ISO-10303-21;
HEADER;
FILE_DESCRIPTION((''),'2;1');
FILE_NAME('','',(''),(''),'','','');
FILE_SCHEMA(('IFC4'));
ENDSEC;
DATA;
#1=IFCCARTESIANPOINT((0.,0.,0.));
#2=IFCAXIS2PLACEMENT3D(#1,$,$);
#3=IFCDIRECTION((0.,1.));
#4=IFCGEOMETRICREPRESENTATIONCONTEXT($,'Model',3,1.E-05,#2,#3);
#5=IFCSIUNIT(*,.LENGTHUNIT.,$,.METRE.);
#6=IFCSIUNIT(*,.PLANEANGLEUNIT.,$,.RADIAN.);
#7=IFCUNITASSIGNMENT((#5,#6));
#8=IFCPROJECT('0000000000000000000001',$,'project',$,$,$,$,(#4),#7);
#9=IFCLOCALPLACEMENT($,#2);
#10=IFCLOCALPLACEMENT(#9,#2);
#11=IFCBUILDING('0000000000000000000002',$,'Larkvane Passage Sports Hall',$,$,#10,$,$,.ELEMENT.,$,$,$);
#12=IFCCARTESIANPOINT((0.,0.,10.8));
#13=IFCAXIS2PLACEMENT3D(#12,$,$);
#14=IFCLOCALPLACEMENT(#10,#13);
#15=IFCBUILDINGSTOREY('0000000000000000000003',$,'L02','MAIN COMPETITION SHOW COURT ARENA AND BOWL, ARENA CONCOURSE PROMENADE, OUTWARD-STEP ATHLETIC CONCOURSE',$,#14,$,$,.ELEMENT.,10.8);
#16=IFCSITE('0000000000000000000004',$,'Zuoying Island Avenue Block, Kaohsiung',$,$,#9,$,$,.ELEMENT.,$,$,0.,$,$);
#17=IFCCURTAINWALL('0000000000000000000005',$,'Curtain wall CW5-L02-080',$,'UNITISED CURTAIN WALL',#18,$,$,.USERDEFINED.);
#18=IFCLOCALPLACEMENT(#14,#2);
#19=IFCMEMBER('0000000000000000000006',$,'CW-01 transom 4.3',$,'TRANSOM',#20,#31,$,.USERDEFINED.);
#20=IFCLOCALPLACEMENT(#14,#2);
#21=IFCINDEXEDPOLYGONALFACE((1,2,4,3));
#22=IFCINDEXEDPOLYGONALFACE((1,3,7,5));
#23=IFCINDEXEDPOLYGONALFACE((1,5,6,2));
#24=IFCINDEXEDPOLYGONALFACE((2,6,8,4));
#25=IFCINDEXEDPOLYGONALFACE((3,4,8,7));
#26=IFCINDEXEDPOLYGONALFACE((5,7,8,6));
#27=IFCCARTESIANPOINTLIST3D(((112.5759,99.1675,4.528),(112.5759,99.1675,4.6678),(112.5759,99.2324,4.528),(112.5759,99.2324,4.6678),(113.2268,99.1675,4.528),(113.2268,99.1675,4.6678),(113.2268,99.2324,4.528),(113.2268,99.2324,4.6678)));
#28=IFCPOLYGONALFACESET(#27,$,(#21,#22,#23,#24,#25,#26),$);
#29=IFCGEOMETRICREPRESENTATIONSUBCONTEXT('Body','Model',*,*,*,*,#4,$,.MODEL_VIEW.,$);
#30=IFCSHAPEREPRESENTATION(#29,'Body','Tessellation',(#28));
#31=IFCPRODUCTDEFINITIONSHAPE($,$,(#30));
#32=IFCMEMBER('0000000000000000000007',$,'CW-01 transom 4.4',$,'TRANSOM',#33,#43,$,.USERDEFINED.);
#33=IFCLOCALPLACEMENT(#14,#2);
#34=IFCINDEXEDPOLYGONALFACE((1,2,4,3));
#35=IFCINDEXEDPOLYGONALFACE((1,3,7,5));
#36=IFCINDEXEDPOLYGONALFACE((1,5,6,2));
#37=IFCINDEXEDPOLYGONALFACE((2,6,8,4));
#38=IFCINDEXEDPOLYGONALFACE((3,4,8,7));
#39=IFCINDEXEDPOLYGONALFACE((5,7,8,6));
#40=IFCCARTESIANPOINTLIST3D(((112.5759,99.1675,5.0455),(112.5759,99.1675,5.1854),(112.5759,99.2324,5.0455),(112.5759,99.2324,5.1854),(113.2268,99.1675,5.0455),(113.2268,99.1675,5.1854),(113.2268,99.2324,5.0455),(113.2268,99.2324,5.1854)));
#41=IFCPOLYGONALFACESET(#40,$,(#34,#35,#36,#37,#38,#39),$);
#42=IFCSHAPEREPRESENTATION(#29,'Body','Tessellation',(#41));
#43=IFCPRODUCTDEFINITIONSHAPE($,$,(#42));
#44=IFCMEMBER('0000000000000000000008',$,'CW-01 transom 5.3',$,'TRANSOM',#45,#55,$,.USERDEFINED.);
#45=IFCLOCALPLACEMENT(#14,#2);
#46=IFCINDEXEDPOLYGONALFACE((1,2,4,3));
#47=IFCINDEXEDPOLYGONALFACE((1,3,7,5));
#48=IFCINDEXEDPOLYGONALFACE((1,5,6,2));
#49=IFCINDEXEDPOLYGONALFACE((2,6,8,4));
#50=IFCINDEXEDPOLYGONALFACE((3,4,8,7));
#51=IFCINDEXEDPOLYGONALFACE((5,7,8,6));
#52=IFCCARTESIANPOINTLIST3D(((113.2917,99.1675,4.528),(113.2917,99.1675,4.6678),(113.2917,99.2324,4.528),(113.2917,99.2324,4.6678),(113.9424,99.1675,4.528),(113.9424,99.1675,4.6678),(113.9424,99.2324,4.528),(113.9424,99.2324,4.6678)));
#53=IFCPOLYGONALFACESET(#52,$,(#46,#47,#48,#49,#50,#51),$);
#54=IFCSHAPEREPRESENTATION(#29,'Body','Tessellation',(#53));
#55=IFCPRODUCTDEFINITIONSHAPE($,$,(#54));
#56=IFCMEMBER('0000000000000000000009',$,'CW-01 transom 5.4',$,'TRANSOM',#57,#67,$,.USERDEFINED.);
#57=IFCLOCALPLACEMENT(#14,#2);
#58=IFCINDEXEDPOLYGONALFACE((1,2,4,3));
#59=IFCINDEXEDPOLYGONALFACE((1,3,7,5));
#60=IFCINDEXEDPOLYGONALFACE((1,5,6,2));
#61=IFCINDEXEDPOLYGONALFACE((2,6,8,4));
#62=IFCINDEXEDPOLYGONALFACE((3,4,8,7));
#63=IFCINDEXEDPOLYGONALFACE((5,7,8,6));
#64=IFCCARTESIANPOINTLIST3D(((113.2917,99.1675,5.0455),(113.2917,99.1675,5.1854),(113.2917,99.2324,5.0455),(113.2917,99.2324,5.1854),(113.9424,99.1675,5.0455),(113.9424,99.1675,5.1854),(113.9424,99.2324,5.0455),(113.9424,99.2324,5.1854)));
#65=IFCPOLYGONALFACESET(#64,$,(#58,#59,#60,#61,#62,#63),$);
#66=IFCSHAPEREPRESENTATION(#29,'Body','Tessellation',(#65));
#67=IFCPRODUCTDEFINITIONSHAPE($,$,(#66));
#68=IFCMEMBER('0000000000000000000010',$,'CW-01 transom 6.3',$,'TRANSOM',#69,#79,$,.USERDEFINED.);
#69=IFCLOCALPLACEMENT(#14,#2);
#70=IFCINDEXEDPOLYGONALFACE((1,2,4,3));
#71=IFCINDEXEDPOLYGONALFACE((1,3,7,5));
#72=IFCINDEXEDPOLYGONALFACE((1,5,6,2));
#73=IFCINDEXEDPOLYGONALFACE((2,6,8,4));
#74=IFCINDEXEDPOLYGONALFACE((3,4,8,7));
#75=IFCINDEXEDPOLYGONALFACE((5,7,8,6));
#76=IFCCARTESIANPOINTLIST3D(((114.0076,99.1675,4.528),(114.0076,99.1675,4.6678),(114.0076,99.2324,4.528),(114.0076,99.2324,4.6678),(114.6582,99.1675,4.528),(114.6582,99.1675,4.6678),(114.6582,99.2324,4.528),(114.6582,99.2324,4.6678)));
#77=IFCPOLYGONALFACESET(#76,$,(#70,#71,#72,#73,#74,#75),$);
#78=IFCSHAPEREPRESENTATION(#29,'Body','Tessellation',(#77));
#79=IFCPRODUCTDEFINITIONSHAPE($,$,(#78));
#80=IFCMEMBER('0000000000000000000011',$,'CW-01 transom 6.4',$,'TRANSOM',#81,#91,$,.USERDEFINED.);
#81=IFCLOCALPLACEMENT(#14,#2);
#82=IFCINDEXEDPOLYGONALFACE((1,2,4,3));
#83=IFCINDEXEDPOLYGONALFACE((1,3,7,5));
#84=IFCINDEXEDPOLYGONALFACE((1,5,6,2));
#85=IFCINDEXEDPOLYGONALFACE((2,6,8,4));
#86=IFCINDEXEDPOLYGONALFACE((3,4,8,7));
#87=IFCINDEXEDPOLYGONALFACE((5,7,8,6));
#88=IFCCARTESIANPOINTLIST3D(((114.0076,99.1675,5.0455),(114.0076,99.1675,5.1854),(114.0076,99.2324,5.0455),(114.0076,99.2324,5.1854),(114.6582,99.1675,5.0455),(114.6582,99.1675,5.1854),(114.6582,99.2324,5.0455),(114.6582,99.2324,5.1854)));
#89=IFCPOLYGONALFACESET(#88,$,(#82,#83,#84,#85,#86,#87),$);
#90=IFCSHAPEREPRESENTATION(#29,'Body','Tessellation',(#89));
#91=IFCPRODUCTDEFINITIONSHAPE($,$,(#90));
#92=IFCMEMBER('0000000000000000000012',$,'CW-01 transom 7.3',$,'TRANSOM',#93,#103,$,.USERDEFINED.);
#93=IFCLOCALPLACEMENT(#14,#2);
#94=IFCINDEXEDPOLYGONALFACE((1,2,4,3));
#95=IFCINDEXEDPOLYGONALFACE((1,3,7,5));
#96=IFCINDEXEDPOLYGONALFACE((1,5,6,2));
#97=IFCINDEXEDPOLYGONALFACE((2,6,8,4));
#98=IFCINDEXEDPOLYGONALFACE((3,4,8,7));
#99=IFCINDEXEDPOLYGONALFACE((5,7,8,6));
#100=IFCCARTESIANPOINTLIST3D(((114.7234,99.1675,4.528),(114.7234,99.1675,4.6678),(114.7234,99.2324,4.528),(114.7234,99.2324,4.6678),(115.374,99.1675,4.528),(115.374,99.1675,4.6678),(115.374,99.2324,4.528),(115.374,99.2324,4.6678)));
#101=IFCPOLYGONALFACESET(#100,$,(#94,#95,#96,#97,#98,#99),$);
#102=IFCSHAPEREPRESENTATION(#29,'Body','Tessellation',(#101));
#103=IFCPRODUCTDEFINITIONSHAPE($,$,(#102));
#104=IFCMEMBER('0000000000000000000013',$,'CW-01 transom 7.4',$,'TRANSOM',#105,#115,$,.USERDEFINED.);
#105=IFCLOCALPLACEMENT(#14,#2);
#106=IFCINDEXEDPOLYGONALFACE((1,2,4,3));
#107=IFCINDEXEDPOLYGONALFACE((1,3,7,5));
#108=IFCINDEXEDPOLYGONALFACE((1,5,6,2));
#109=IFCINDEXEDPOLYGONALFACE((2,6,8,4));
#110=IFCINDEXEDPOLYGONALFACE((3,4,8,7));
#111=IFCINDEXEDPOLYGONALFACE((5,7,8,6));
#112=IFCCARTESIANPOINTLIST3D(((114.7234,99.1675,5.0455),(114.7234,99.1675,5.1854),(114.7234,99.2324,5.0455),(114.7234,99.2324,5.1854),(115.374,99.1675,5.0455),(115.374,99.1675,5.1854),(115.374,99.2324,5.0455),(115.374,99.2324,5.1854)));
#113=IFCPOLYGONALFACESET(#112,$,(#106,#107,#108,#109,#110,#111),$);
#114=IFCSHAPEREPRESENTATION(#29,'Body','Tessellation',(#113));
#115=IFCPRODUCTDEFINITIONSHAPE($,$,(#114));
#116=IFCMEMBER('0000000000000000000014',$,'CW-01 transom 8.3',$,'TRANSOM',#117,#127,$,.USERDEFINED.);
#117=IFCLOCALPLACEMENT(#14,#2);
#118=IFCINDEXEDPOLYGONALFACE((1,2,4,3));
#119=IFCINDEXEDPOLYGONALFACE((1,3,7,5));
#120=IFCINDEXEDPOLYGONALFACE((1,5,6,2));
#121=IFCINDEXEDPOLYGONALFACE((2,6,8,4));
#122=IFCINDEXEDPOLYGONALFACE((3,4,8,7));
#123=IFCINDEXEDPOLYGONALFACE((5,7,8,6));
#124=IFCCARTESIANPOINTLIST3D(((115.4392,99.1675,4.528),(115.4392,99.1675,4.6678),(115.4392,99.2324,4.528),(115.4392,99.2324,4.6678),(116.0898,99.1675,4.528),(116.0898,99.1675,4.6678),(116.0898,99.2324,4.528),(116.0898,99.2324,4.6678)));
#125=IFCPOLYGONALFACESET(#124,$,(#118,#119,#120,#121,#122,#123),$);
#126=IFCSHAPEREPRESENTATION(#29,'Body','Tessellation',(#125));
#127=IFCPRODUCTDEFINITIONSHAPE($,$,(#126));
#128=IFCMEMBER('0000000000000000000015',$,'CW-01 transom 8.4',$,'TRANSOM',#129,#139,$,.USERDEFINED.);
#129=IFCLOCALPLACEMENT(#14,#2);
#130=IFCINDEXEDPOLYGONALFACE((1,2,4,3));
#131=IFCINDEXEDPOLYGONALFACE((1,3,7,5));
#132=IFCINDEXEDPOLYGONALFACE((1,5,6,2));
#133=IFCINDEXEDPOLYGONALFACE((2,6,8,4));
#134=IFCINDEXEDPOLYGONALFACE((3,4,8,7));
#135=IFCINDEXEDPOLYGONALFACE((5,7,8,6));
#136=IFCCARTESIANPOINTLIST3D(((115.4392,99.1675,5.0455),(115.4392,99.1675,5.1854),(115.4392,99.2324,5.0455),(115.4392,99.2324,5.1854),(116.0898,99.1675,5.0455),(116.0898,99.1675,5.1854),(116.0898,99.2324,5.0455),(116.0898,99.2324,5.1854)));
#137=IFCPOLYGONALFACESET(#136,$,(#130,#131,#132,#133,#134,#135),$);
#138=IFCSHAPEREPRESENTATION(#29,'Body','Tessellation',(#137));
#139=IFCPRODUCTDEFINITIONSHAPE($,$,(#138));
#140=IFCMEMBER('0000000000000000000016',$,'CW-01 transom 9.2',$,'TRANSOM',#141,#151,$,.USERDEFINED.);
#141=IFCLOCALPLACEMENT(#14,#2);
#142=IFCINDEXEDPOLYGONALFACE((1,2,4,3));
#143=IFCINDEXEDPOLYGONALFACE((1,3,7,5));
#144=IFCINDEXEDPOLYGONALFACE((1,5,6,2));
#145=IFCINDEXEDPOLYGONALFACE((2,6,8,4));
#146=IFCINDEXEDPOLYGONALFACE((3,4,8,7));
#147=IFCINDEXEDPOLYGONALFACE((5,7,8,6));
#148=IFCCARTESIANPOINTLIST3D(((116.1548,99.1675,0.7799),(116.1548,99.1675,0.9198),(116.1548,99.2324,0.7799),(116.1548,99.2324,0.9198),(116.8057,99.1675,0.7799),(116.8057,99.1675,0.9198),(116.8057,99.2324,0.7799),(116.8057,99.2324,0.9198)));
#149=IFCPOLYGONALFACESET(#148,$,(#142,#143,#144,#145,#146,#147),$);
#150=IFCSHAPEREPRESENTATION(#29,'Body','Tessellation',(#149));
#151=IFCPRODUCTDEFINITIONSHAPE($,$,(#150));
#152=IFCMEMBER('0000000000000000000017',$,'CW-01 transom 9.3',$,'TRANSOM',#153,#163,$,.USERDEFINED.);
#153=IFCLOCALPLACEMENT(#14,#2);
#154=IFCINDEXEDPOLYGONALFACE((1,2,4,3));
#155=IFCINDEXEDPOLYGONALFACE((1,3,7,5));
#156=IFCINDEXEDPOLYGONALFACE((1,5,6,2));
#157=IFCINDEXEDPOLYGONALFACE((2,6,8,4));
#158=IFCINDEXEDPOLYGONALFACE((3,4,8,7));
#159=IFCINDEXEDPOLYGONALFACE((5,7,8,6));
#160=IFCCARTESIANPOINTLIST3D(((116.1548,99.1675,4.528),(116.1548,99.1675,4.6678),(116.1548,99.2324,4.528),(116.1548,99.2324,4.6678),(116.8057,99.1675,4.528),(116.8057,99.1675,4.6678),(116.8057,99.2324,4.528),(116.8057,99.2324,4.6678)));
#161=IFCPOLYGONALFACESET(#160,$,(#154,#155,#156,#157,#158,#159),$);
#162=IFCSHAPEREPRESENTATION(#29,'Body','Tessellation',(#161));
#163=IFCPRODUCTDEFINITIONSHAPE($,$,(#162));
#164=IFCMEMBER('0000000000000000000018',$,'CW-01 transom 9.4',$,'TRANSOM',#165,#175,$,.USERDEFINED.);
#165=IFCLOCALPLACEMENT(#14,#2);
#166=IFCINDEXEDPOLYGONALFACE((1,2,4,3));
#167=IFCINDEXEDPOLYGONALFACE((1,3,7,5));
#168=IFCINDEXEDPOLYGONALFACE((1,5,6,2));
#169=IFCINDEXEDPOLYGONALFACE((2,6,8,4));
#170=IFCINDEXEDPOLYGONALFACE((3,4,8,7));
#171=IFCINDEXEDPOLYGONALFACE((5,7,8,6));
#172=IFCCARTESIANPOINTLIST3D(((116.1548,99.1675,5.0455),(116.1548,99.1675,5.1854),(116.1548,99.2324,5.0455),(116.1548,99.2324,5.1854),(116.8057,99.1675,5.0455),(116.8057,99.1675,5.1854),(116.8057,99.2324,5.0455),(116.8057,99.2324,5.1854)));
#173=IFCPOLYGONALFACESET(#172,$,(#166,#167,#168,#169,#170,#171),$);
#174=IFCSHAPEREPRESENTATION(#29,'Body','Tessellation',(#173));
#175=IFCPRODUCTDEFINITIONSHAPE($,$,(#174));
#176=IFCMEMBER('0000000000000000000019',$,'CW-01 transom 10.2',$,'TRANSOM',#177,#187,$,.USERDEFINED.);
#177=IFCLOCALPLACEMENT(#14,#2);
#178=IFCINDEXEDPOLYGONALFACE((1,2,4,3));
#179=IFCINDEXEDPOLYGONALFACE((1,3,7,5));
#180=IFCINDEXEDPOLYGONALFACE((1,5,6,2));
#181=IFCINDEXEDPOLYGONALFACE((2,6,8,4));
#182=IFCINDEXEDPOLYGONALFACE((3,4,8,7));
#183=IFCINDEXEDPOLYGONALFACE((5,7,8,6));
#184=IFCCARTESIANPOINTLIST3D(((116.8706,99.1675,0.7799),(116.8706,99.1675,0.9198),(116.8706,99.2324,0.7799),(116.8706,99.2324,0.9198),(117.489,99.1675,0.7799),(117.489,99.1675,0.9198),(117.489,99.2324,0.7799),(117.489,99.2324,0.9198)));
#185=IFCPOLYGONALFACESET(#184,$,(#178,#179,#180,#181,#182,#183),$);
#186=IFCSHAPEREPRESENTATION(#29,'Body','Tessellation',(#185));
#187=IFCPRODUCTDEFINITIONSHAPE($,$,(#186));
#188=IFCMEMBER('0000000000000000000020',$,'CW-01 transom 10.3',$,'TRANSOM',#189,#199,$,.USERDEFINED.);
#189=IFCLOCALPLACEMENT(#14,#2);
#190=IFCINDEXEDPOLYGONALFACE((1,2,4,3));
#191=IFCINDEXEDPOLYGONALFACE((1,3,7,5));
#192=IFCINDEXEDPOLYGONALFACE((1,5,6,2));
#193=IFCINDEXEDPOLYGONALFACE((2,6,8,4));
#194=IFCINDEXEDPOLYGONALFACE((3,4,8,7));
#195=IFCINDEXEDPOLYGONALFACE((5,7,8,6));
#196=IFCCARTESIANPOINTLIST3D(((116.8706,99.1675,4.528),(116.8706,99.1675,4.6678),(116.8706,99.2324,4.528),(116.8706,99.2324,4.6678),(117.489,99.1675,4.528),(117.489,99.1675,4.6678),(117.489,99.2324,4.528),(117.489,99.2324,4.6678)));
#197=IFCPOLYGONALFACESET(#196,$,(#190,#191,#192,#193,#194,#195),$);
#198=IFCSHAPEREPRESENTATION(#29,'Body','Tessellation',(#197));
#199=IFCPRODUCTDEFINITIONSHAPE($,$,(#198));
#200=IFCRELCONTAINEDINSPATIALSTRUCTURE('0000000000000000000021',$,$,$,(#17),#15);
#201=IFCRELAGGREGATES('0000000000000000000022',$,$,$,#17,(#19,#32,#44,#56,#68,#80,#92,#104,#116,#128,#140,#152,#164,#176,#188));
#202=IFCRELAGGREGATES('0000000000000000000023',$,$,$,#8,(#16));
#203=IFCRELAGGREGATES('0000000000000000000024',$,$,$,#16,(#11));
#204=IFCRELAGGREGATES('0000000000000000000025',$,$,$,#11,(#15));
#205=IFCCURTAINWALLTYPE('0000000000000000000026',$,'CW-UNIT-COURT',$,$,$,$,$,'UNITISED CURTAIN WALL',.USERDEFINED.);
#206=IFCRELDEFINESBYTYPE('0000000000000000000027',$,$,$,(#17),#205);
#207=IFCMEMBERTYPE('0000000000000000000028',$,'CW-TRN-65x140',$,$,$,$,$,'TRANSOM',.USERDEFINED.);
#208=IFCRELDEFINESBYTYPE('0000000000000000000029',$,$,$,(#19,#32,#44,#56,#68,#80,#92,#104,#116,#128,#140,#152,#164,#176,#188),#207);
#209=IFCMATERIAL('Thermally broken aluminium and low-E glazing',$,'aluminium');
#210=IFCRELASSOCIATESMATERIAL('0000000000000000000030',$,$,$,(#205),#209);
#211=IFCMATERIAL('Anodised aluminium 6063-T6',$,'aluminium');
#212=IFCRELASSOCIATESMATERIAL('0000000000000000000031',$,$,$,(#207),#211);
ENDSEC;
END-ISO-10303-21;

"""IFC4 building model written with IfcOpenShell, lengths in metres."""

from ifc_helpers import new_model, si_unit, direction, frame, origin, origin_2d, place, context, subcontext, project, spatial, rectangle, extrude, material, material_profile, profile_set, type_object, element, aggregate, save


model = new_model("IFC4")

# Units and contexts
model_context = context("Model", 3, precision=1e-05, world=origin(), true_north=direction((0.0, 1.0)))
body_context = subcontext(model_context, "Body", "Model", "MODEL_VIEW")
ifc_project = project(units=[si_unit("LENGTHUNIT", "METRE"), si_unit("PLANEANGLEUNIT", "RADIAN")], contexts=[model_context])

# Site, building, storey
site_placement = place(None, origin())
site = spatial("IfcSite", under=ifc_project, at=site_placement, Name="Zuoying Island Avenue Block, Kaohsiung", CompositionType="ELEMENT", RefElevation=0.0)
building_placement = place(site_placement, origin())
building = spatial("IfcBuilding", under=site, at=building_placement, Name="Larkvane Passage Sports Hall", CompositionType="ELEMENT")
storey_placement = place(building_placement, frame((0.0, 0.0, 10.8)))
storey = spatial("IfcBuildingStorey", under=building, at=storey_placement, Name="L02", Description="MAIN COMPETITION SHOW COURT ARENA AND BOWL, ARENA CONCOURSE PROMENADE, OUTWARD-STEP ATHLETIC CONCOURSE", CompositionType="ELEMENT", Elevation=10.8)

# Curtain wall, members
ifc_material_1 = material(Name="Thermally broken aluminium and low-E glazing", Category="aluminium")
curtain_wall_type = type_object("IfcCurtainWallType", Name="CW-UNIT-COURT", ElementType="UNITISED CURTAIN WALL", PredefinedType="USERDEFINED", material=ifc_material_1)
curtain_wall_placement = place(storey_placement, origin())
curtain_wall = element("IfcCurtainWall", 1, at=curtain_wall_placement, inside=storey, type_object=curtain_wall_type, Name="Curtain wall CW5-L02-080", ObjectType="UNITISED CURTAIN WALL", PredefinedType="USERDEFINED")
ifc_material_2 = material(Name="Anodised aluminium 6063-T6", Category="aluminium")
ifc_material_profile = material_profile(ifc_material_2, rectangle(XDim=0.0649, YDim=0.1399, at=origin_2d()), Name="ALU-TRN-65x140")
ifc_profile_set = profile_set([ifc_material_profile], Name="Anodised aluminium 6063-T6")
member_type = type_object("IfcMemberType", Name="CW-TRN-65x140", ElementType="TRANSOM", PredefinedType="USERDEFINED", material=ifc_profile_set)
member_1_placement = place(storey_placement, frame((112.5759, 99.2, 4.5979), z_axis=(1.0, 0.0, 0.0), x_axis=(0.0, 1.0, 0.0)))
member_1 = element("IfcMember", 2, at=member_1_placement, type_object=member_type, Name="CW-01 transom 4.3", ObjectType="TRANSOM", PredefinedType="USERDEFINED", context=body_context, shape_type="SweptSolid", body=[
    extrude(rectangle(XDim=0.0649, YDim=0.1399, at=origin_2d()), origin(), (0.0, 0.0, 1.0), 0.6509),
])
member_2_placement = place(storey_placement, frame((112.5759, 99.2, 5.1155), z_axis=(1.0, 0.0, 0.0), x_axis=(0.0, 1.0, 0.0)))
member_2 = element("IfcMember", 3, at=member_2_placement, type_object=member_type, Name="CW-01 transom 4.4", ObjectType="TRANSOM", PredefinedType="USERDEFINED", context=body_context, shape_type="SweptSolid", body=[
    extrude(rectangle(XDim=0.0649, YDim=0.1399, at=origin_2d()), origin(), (0.0, 0.0, 1.0), 0.6509),
])
member_3_placement = place(storey_placement, frame((113.2917, 99.2, 4.5979), z_axis=(1.0, 0.0, 0.0), x_axis=(0.0, 1.0, 0.0)))
member_3 = element("IfcMember", 4, at=member_3_placement, type_object=member_type, Name="CW-01 transom 5.3", ObjectType="TRANSOM", PredefinedType="USERDEFINED", context=body_context, shape_type="SweptSolid", body=[
    extrude(rectangle(XDim=0.0649, YDim=0.1399, at=origin_2d()), origin(), (0.0, 0.0, 1.0), 0.6506),
])
member_4_placement = place(storey_placement, frame((113.2917, 99.2, 5.1155), z_axis=(1.0, 0.0, 0.0), x_axis=(0.0, 1.0, 0.0)))
member_4 = element("IfcMember", 5, at=member_4_placement, type_object=member_type, Name="CW-01 transom 5.4", ObjectType="TRANSOM", PredefinedType="USERDEFINED", context=body_context, shape_type="SweptSolid", body=[
    extrude(rectangle(XDim=0.0649, YDim=0.1399, at=origin_2d()), origin(), (0.0, 0.0, 1.0), 0.6506),
])
member_5_placement = place(storey_placement, frame((114.0076, 99.2, 4.5979), z_axis=(1.0, 0.0, 0.0), x_axis=(0.0, 1.0, 0.0)))
member_5 = element("IfcMember", 6, at=member_5_placement, type_object=member_type, Name="CW-01 transom 6.3", ObjectType="TRANSOM", PredefinedType="USERDEFINED", context=body_context, shape_type="SweptSolid", body=[
    extrude(rectangle(XDim=0.0649, YDim=0.1399, at=origin_2d()), origin(), (0.0, 0.0, 1.0), 0.6506),
])
member_6_placement = place(storey_placement, frame((114.0076, 99.2, 5.1155), z_axis=(1.0, 0.0, 0.0), x_axis=(0.0, 1.0, 0.0)))
member_6 = element("IfcMember", 7, at=member_6_placement, type_object=member_type, Name="CW-01 transom 6.4", ObjectType="TRANSOM", PredefinedType="USERDEFINED", context=body_context, shape_type="SweptSolid", body=[
    extrude(rectangle(XDim=0.0649, YDim=0.1399, at=origin_2d()), origin(), (0.0, 0.0, 1.0), 0.6506),
])
member_7_placement = place(storey_placement, frame((114.7234, 99.2, 4.5979), z_axis=(1.0, 0.0, 0.0), x_axis=(0.0, 1.0, 0.0)))
member_7 = element("IfcMember", 8, at=member_7_placement, type_object=member_type, Name="CW-01 transom 7.3", ObjectType="TRANSOM", PredefinedType="USERDEFINED", context=body_context, shape_type="SweptSolid", body=[
    extrude(rectangle(XDim=0.0649, YDim=0.1399, at=origin_2d()), origin(), (0.0, 0.0, 1.0), 0.6506),
])
member_8_placement = place(storey_placement, frame((114.7234, 99.2, 5.1155), z_axis=(1.0, 0.0, 0.0), x_axis=(0.0, 1.0, 0.0)))
member_8 = element("IfcMember", 9, at=member_8_placement, type_object=member_type, Name="CW-01 transom 7.4", ObjectType="TRANSOM", PredefinedType="USERDEFINED", context=body_context, shape_type="SweptSolid", body=[
    extrude(rectangle(XDim=0.0649, YDim=0.1399, at=origin_2d()), origin(), (0.0, 0.0, 1.0), 0.6506),
])
member_9_placement = place(storey_placement, frame((115.4392, 99.2, 4.5979), z_axis=(1.0, 0.0, 0.0), x_axis=(0.0, 1.0, 0.0)))
member_9 = element("IfcMember", 10, at=member_9_placement, type_object=member_type, Name="CW-01 transom 8.3", ObjectType="TRANSOM", PredefinedType="USERDEFINED", context=body_context, shape_type="SweptSolid", body=[
    extrude(rectangle(XDim=0.0649, YDim=0.1399, at=origin_2d()), origin(), (0.0, 0.0, 1.0), 0.6506),
])
member_10_placement = place(storey_placement, frame((115.4392, 99.2, 5.1155), z_axis=(1.0, 0.0, 0.0), x_axis=(0.0, 1.0, 0.0)))
member_10 = element("IfcMember", 11, at=member_10_placement, type_object=member_type, Name="CW-01 transom 8.4", ObjectType="TRANSOM", PredefinedType="USERDEFINED", context=body_context, shape_type="SweptSolid", body=[
    extrude(rectangle(XDim=0.0649, YDim=0.1399, at=origin_2d()), origin(), (0.0, 0.0, 1.0), 0.6506),
])
member_11_placement = place(storey_placement, frame((116.1548, 99.2, 0.8499), z_axis=(1.0, 0.0, 0.0), x_axis=(0.0, 1.0, 0.0)))
member_11 = element("IfcMember", 12, at=member_11_placement, type_object=member_type, Name="CW-01 transom 9.2", ObjectType="TRANSOM", PredefinedType="USERDEFINED", context=body_context, shape_type="SweptSolid", body=[
    extrude(rectangle(XDim=0.0649, YDim=0.1399, at=origin_2d()), origin(), (0.0, 0.0, 1.0), 0.6509),
])
member_12_placement = place(storey_placement, frame((116.1548, 99.2, 4.5979), z_axis=(1.0, 0.0, 0.0), x_axis=(0.0, 1.0, 0.0)))
member_12 = element("IfcMember", 13, at=member_12_placement, type_object=member_type, Name="CW-01 transom 9.3", ObjectType="TRANSOM", PredefinedType="USERDEFINED", context=body_context, shape_type="SweptSolid", body=[
    extrude(rectangle(XDim=0.0649, YDim=0.1399, at=origin_2d()), origin(), (0.0, 0.0, 1.0), 0.6509),
])
member_13_placement = place(storey_placement, frame((116.1548, 99.2, 5.1155), z_axis=(1.0, 0.0, 0.0), x_axis=(0.0, 1.0, 0.0)))
member_13 = element("IfcMember", 14, at=member_13_placement, type_object=member_type, Name="CW-01 transom 9.4", ObjectType="TRANSOM", PredefinedType="USERDEFINED", context=body_context, shape_type="SweptSolid", body=[
    extrude(rectangle(XDim=0.0649, YDim=0.1399, at=origin_2d()), origin(), (0.0, 0.0, 1.0), 0.6509),
])
member_14_placement = place(storey_placement, frame((116.8706, 99.2, 0.8499), z_axis=(1.0, 0.0, 0.0), x_axis=(0.0, 1.0, 0.0)))
member_14 = element("IfcMember", 15, at=member_14_placement, type_object=member_type, Name="CW-01 transom 10.2", ObjectType="TRANSOM", PredefinedType="USERDEFINED", context=body_context, shape_type="SweptSolid", body=[
    extrude(rectangle(XDim=0.0649, YDim=0.1399, at=origin_2d()), origin(), (0.0, 0.0, 1.0), 0.6184),
])
member_15_placement = place(storey_placement, frame((116.8706, 99.2, 4.5979), z_axis=(1.0, 0.0, 0.0), x_axis=(0.0, 1.0, 0.0)))
member_15 = element("IfcMember", 16, at=member_15_placement, type_object=member_type, Name="CW-01 transom 10.3", ObjectType="TRANSOM", PredefinedType="USERDEFINED", context=body_context, shape_type="SweptSolid", body=[
    extrude(rectangle(XDim=0.0649, YDim=0.1399, at=origin_2d()), origin(), (0.0, 0.0, 1.0), 0.6184),
])
aggregate(curtain_wall, [member_1, member_2, member_3, member_4, member_5, member_6, member_7, member_8, member_9, member_10, member_11, member_12, member_13, member_14, member_15])

save(model, "model.ifc")
